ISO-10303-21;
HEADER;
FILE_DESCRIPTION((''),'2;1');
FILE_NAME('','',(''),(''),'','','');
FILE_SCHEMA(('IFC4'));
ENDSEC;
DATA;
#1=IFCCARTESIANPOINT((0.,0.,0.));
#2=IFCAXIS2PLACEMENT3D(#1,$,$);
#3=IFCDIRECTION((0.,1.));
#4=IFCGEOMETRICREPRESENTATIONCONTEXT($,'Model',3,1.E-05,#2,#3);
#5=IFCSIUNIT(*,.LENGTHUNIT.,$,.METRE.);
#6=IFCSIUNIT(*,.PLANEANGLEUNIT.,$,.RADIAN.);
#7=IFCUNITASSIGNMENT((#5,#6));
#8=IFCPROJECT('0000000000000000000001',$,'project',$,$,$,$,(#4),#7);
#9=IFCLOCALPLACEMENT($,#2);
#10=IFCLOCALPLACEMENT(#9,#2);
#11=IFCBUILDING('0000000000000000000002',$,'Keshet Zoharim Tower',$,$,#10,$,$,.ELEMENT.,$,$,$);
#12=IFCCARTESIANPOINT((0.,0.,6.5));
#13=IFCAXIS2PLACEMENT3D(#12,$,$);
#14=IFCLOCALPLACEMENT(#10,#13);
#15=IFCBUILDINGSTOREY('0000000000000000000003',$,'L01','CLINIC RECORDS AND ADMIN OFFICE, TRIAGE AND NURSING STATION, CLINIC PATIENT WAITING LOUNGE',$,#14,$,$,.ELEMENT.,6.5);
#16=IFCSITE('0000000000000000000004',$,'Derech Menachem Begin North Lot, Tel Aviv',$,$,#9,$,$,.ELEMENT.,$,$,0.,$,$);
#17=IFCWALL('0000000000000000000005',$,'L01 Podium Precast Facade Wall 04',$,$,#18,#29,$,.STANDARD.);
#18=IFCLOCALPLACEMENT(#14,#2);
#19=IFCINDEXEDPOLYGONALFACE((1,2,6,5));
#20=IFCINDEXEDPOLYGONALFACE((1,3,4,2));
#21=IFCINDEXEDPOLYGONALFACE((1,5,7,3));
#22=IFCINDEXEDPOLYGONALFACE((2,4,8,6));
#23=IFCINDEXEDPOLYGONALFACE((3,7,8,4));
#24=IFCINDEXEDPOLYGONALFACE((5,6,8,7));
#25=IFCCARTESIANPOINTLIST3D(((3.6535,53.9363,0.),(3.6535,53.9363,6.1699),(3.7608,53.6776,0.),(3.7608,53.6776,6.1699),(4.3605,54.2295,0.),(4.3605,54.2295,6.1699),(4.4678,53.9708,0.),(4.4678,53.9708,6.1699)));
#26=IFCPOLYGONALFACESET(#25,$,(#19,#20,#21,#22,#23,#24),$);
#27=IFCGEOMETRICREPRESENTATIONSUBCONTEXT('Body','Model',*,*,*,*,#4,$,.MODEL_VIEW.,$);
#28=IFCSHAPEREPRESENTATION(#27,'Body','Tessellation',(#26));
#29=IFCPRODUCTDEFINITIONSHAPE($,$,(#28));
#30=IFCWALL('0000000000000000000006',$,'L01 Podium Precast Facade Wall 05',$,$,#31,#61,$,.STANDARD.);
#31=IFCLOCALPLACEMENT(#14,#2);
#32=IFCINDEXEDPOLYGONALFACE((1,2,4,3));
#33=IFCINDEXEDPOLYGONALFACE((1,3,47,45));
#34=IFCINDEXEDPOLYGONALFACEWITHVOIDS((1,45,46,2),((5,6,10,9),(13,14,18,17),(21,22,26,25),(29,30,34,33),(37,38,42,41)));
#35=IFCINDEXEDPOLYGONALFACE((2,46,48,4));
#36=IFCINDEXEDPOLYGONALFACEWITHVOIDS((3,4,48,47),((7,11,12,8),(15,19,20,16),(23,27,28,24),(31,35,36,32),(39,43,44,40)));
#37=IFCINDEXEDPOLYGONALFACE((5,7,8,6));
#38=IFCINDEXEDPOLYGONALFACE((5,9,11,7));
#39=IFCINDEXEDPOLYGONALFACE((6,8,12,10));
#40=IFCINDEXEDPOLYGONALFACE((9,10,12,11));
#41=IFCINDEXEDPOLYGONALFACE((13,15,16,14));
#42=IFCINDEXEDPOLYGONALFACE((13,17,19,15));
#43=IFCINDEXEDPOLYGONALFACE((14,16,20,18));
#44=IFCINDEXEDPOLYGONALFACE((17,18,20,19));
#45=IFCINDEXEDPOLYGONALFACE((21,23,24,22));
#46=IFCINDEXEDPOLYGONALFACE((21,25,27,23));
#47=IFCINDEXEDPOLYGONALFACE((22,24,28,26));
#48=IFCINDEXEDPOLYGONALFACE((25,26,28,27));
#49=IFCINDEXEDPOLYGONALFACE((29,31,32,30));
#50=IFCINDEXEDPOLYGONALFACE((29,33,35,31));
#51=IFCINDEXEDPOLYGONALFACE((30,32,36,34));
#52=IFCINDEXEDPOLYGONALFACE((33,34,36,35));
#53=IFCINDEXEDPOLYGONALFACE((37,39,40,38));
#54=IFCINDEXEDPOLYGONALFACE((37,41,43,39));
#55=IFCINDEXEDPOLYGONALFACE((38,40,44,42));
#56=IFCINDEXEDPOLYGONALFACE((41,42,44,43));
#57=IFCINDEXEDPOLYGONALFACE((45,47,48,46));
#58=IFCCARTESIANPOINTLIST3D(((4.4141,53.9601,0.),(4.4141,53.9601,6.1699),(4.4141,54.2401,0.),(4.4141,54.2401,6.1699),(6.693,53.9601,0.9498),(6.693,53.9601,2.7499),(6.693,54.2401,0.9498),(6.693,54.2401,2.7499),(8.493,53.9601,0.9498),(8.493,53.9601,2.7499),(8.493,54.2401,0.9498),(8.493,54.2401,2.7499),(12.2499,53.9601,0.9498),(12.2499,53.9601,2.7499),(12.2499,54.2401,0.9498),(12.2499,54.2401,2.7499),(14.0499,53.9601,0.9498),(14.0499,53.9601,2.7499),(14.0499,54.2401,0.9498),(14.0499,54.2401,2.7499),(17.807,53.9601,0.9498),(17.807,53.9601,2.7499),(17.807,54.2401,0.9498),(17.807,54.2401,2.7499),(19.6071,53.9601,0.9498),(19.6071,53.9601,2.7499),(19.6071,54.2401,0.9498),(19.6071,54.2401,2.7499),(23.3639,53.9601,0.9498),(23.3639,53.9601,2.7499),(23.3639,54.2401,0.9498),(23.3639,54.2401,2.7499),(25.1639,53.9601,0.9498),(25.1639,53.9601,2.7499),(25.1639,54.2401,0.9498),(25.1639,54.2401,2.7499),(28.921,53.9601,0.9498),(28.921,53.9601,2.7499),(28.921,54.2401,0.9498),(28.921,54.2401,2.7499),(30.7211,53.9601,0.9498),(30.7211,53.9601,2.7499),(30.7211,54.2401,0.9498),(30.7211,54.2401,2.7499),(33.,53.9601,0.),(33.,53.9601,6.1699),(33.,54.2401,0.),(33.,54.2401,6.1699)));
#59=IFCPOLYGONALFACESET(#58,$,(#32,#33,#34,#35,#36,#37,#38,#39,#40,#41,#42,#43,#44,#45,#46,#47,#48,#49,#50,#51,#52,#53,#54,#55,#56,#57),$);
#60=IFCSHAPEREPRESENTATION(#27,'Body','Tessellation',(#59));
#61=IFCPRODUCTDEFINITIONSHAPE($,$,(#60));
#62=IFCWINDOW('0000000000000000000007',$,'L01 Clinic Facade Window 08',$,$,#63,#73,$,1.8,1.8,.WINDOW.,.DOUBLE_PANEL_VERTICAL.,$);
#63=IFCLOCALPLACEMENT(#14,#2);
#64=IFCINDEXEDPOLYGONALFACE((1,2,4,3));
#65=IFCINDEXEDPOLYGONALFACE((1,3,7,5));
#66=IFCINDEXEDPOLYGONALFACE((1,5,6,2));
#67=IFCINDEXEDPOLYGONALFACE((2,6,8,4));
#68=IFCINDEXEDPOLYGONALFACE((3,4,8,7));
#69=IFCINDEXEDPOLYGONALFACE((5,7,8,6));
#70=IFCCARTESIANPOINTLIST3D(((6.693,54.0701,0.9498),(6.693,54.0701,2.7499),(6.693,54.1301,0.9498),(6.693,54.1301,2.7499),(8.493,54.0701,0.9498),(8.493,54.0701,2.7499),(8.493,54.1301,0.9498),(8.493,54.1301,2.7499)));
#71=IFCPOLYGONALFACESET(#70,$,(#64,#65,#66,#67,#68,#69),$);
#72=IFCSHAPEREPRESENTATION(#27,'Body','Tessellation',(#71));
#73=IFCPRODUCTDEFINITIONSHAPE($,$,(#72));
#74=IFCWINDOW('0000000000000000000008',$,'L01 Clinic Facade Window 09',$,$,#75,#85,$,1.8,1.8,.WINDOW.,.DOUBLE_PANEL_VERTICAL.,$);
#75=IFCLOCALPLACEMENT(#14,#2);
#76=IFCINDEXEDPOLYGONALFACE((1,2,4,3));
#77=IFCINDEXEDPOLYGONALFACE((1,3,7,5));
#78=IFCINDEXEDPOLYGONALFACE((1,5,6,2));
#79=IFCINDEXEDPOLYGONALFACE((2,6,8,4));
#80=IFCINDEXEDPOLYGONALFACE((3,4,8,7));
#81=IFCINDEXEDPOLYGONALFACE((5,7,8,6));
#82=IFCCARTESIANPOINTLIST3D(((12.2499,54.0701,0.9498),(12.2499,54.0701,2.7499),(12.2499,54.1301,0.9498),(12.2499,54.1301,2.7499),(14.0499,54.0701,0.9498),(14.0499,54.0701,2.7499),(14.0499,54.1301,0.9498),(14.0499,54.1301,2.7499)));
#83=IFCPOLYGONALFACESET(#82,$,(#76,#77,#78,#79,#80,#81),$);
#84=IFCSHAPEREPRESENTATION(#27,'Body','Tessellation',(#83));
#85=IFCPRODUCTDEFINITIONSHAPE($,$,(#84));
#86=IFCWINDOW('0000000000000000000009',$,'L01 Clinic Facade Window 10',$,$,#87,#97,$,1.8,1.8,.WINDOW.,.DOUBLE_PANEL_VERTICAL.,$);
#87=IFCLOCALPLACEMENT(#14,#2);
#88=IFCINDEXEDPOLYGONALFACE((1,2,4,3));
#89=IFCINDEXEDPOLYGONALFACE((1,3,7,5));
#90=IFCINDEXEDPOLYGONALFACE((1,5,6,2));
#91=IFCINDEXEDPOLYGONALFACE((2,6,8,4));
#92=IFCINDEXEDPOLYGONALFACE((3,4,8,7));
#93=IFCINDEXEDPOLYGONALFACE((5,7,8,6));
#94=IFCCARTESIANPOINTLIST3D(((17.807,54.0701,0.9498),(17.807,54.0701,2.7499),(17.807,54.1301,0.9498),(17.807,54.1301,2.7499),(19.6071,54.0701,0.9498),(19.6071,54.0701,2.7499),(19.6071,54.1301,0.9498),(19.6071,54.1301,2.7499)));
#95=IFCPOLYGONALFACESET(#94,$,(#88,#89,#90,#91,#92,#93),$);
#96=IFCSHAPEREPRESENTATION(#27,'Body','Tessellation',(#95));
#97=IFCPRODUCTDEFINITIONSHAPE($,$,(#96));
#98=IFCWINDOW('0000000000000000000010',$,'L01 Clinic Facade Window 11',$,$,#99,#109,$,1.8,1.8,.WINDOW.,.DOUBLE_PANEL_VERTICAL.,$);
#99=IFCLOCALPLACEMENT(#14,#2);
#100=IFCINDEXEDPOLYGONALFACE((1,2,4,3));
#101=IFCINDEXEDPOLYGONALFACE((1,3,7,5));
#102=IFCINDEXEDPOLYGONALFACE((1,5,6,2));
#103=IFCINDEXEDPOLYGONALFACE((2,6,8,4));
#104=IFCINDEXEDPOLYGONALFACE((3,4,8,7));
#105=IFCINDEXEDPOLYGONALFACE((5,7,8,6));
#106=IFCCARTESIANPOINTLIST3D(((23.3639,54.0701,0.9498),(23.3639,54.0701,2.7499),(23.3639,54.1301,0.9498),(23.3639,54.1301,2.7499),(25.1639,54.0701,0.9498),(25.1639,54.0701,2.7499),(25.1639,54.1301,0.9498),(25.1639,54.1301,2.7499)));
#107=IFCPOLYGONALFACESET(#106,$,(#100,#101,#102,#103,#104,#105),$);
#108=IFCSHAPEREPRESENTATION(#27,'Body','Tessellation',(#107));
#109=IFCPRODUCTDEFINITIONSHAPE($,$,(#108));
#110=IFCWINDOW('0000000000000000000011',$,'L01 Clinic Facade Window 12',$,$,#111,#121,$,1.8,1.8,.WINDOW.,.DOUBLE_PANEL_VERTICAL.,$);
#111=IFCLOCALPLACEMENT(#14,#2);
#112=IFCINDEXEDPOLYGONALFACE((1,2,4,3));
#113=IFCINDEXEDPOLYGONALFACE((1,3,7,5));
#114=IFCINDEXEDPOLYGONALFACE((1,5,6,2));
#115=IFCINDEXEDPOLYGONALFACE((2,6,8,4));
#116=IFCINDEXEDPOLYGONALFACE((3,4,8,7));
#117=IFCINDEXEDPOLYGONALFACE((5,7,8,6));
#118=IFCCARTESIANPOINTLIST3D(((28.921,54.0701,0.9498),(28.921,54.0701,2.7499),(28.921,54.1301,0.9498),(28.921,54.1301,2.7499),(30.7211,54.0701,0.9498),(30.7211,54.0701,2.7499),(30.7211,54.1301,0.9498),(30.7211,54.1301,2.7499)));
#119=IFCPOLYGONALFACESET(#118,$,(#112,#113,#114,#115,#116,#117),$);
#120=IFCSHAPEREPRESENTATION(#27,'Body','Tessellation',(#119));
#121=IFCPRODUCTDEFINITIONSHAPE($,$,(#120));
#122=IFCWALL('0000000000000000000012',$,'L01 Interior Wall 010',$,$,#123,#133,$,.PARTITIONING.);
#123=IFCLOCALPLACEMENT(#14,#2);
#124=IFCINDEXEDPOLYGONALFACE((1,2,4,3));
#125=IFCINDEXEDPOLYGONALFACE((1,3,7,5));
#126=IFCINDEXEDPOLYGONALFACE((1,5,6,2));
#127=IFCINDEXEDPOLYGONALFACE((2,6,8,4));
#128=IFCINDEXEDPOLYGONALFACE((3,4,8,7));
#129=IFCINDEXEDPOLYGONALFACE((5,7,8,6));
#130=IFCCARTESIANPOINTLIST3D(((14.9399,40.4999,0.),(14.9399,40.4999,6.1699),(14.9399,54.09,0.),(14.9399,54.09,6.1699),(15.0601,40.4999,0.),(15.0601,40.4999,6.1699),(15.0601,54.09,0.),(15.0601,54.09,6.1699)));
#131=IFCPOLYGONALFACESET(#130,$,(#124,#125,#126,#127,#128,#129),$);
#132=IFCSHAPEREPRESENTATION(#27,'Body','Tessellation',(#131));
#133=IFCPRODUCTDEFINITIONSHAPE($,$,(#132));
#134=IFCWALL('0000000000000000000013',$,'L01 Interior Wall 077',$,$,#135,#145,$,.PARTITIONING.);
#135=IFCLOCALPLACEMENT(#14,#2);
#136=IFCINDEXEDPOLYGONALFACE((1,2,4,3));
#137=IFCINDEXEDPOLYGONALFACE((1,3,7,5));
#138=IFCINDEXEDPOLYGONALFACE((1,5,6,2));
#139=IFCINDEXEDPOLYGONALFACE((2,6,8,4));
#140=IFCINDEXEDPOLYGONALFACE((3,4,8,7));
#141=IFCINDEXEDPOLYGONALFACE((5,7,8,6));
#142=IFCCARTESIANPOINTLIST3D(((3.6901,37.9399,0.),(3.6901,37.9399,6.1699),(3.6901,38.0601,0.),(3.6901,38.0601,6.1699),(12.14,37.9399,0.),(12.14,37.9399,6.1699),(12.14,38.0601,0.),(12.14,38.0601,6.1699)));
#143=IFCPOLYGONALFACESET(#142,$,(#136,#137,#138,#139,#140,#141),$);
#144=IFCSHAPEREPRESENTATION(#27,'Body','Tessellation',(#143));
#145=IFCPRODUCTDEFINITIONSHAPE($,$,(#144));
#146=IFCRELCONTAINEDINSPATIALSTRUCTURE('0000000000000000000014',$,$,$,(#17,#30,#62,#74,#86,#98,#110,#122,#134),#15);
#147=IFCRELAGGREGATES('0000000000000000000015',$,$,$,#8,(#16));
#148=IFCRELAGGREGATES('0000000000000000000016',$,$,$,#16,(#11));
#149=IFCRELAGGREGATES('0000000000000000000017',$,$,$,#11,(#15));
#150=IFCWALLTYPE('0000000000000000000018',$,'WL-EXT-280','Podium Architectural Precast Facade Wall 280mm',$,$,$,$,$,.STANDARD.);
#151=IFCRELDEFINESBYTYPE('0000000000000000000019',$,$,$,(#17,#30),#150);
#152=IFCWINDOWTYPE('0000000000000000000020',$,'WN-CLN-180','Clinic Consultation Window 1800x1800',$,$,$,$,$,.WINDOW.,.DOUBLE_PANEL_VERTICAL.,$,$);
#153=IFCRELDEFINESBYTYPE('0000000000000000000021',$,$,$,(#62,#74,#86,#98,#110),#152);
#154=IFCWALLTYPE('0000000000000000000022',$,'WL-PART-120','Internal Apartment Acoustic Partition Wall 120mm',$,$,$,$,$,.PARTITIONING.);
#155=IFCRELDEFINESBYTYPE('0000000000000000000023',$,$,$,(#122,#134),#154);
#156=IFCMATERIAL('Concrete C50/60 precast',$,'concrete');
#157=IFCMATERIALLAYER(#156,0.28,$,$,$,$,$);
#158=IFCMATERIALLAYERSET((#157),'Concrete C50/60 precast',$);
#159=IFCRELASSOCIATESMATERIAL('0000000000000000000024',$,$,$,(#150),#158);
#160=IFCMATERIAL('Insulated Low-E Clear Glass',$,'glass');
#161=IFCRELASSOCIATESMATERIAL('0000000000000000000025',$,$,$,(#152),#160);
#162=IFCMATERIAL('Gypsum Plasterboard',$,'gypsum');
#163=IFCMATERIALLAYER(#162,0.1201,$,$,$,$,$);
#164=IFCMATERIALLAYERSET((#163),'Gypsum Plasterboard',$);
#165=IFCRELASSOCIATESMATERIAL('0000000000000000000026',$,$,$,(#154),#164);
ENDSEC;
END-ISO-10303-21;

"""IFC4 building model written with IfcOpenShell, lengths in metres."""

from ifc_helpers import new_model, si_unit, direction, frame, frame_2d, origin, place, context, subcontext, project, spatial, rectangle, extrude, material, layer, layer_set, type_object, element, fill, save


model = new_model("IFC4")

# Units and contexts
model_context = context("Model", 3, precision=1e-05, world=origin(), true_north=direction((0.0, 1.0)))
body_context = subcontext(model_context, "Body", "Model", "MODEL_VIEW")
ifc_project = project(units=[si_unit("LENGTHUNIT", "METRE"), si_unit("PLANEANGLEUNIT", "RADIAN")], contexts=[model_context])

# Site, building, storey
site_placement = place(None, origin())
site = spatial("IfcSite", under=ifc_project, at=site_placement, Name="Derech Menachem Begin North Lot, Tel Aviv", CompositionType="ELEMENT", RefElevation=0.0)
building_placement = place(site_placement, origin())
building = spatial("IfcBuilding", under=site, at=building_placement, Name="Keshet Zoharim Tower", CompositionType="ELEMENT")
storey_placement = place(building_placement, frame((0.0, 0.0, 6.5)))
storey = spatial("IfcBuildingStorey", under=building, at=storey_placement, Name="L01", Description="CLINIC RECORDS AND ADMIN OFFICE, TRIAGE AND NURSING STATION, CLINIC PATIENT WAITING LOUNGE", CompositionType="ELEMENT", Elevation=6.5)

# Shared definitions
ifc_material_1 = material(Name="Gypsum Plasterboard", Category="gypsum")

# Wall
ifc_material_2 = material(Name="Concrete C50/60 precast", Category="concrete")
ifc_layer_1 = layer(ifc_material_2, 0.28)
ifc_layer_set_1 = layer_set([ifc_layer_1], Name="Concrete C50/60 precast")
wall_type_1 = type_object("IfcWallType", Name="WL-EXT-280", Description="Podium Architectural Precast Facade Wall 280mm", PredefinedType="STANDARD", material=ifc_layer_set_1)
wall_1_placement = place(storey_placement, frame((3.707, 53.8069, 0.0), z_axis=(0.0, 0.0, 1.0), x_axis=(0.923717, 0.383075, 0.0)))
element("IfcWall", 1, at=wall_1_placement, inside=storey, type_object=wall_type_1, Name="L01 Podium Precast Facade Wall 04", PredefinedType="STANDARD", context=body_context, shape_type="SweptSolid", body=[
    extrude(rectangle(XDim=0.7654, YDim=0.28, at=frame_2d((0.3828, 0.0))), origin(), (0.0, 0.0, 1.0), 6.1699),
])

# Wall, openings, windows
wall_2_placement = place(storey_placement, frame((4.4141, 54.1001, 0.0), z_axis=(0.0, 0.0, 1.0), x_axis=(1.0, 0.0, 0.0)))
wall_2 = element("IfcWall", 2, at=wall_2_placement, inside=storey, type_object=wall_type_1, Name="L01 Podium Precast Facade Wall 05", PredefinedType="STANDARD", context=body_context, shape_type="SweptSolid", body=[
    extrude(rectangle(XDim=28.5859, YDim=0.28, at=frame_2d((14.293, 0.0))), origin(), (0.0, 0.0, 1.0), 6.1699),
])
opening_1_placement = place(wall_2_placement, frame((2.2791, 0.0, 0.95)))
opening_1 = element("IfcOpeningElement", 3, at=opening_1_placement, cuts=wall_2, PredefinedType="OPENING", context=body_context, shape_type="SweptSolid", body=[
    extrude(rectangle(XDim=1.8, YDim=1.8, at=frame_2d((0.8999, 0.8999))), frame((0.0, 0.1499, 0.0), z_axis=(0.0, -1.0, 0.0), x_axis=(1.0, 0.0, 0.0)), (0.0, 0.0, 1.0), 0.3),
])
opening_2_placement = place(wall_2_placement, frame((7.8359, 0.0, 0.95)))
opening_2 = element("IfcOpeningElement", 4, at=opening_2_placement, cuts=wall_2, PredefinedType="OPENING", context=body_context, shape_type="SweptSolid", body=[
    extrude(rectangle(XDim=1.8, YDim=1.8, at=frame_2d((0.8999, 0.8999))), frame((0.0, 0.1499, 0.0), z_axis=(0.0, -1.0, 0.0), x_axis=(1.0, 0.0, 0.0)), (0.0, 0.0, 1.0), 0.3),
])
opening_3_placement = place(wall_2_placement, frame((13.3931, 0.0, 0.95)))
opening_3 = element("IfcOpeningElement", 5, at=opening_3_placement, cuts=wall_2, PredefinedType="OPENING", context=body_context, shape_type="SweptSolid", body=[
    extrude(rectangle(XDim=1.8, YDim=1.8, at=frame_2d((0.8999, 0.8999))), frame((0.0, 0.1499, 0.0), z_axis=(0.0, -1.0, 0.0), x_axis=(1.0, 0.0, 0.0)), (0.0, 0.0, 1.0), 0.3),
])
opening_4_placement = place(wall_2_placement, frame((18.95, 0.0, 0.95)))
opening_4 = element("IfcOpeningElement", 6, at=opening_4_placement, cuts=wall_2, PredefinedType="OPENING", context=body_context, shape_type="SweptSolid", body=[
    extrude(rectangle(XDim=1.8, YDim=1.8, at=frame_2d((0.8999, 0.8999))), frame((0.0, 0.1499, 0.0), z_axis=(0.0, -1.0, 0.0), x_axis=(1.0, 0.0, 0.0)), (0.0, 0.0, 1.0), 0.3),
])
opening_5_placement = place(wall_2_placement, frame((24.5071, 0.0, 0.95)))
opening_5 = element("IfcOpeningElement", 7, at=opening_5_placement, cuts=wall_2, PredefinedType="OPENING", context=body_context, shape_type="SweptSolid", body=[
    extrude(rectangle(XDim=1.8, YDim=1.8, at=frame_2d((0.8999, 0.8999))), frame((0.0, 0.1499, 0.0), z_axis=(0.0, -1.0, 0.0), x_axis=(1.0, 0.0, 0.0)), (0.0, 0.0, 1.0), 0.3),
])
ifc_material_3 = material(Name="Insulated Low-E Clear Glass", Category="glass")
window_type = type_object("IfcWindowType", Name="WN-CLN-180", Description="Clinic Consultation Window 1800x1800", PartitioningType="DOUBLE_PANEL_VERTICAL", PredefinedType="WINDOW", material=ifc_material_3)
window_1_placement = place(opening_1_placement, origin())
window_1 = element("IfcWindow", 8, at=window_1_placement, inside=storey, type_object=window_type, Name="L01 Clinic Facade Window 08", OverallHeight=1.8, OverallWidth=1.8, PartitioningType="DOUBLE_PANEL_VERTICAL", PredefinedType="WINDOW", context=body_context, shape_type="SweptSolid", body=[
    extrude(rectangle(XDim=1.8, YDim=1.8, at=frame_2d((0.8999, 0.8999))), frame((0.0, 0.03, 0.0), z_axis=(0.0, -1.0, 0.0), x_axis=(1.0, 0.0, 0.0)), (0.0, 0.0, 1.0), 0.0601),
])
fill(opening_1, window_1)
window_2_placement = place(opening_2_placement, origin())
window_2 = element("IfcWindow", 9, at=window_2_placement, inside=storey, type_object=window_type, Name="L01 Clinic Facade Window 09", OverallHeight=1.8, OverallWidth=1.8, PartitioningType="DOUBLE_PANEL_VERTICAL", PredefinedType="WINDOW", context=body_context, shape_type="SweptSolid", body=[
    extrude(rectangle(XDim=1.8, YDim=1.8, at=frame_2d((0.8999, 0.8999))), frame((0.0, 0.03, 0.0), z_axis=(0.0, -1.0, 0.0), x_axis=(1.0, 0.0, 0.0)), (0.0, 0.0, 1.0), 0.0601),
])
fill(opening_2, window_2)
window_3_placement = place(opening_3_placement, origin())
window_3 = element("IfcWindow", 10, at=window_3_placement, inside=storey, type_object=window_type, Name="L01 Clinic Facade Window 10", OverallHeight=1.8, OverallWidth=1.8, PartitioningType="DOUBLE_PANEL_VERTICAL", PredefinedType="WINDOW", context=body_context, shape_type="SweptSolid", body=[
    extrude(rectangle(XDim=1.8, YDim=1.8, at=frame_2d((0.8999, 0.8999))), frame((0.0, 0.03, 0.0), z_axis=(0.0, -1.0, 0.0), x_axis=(1.0, 0.0, 0.0)), (0.0, 0.0, 1.0), 0.0601),
])
fill(opening_3, window_3)
window_4_placement = place(opening_4_placement, origin())
window_4 = element("IfcWindow", 11, at=window_4_placement, inside=storey, type_object=window_type, Name="L01 Clinic Facade Window 11", OverallHeight=1.8, OverallWidth=1.8, PartitioningType="DOUBLE_PANEL_VERTICAL", PredefinedType="WINDOW", context=body_context, shape_type="SweptSolid", body=[
    extrude(rectangle(XDim=1.8, YDim=1.8, at=frame_2d((0.8999, 0.8999))), frame((0.0, 0.03, 0.0), z_axis=(0.0, -1.0, 0.0), x_axis=(1.0, 0.0, 0.0)), (0.0, 0.0, 1.0), 0.0601),
])
fill(opening_4, window_4)
window_5_placement = place(opening_5_placement, origin())
window_5 = element("IfcWindow", 12, at=window_5_placement, inside=storey, type_object=window_type, Name="L01 Clinic Facade Window 12", OverallHeight=1.8, OverallWidth=1.8, PartitioningType="DOUBLE_PANEL_VERTICAL", PredefinedType="WINDOW", context=body_context, shape_type="SweptSolid", body=[
    extrude(rectangle(XDim=1.8, YDim=1.8, at=frame_2d((0.8999, 0.8999))), frame((0.0, 0.03, 0.0), z_axis=(0.0, -1.0, 0.0), x_axis=(1.0, 0.0, 0.0)), (0.0, 0.0, 1.0), 0.0601),
])
fill(opening_5, window_5)

# Walls
ifc_layer_2 = layer(ifc_material_1, 0.1201)
ifc_layer_set_2 = layer_set([ifc_layer_2], Name="Gypsum Plasterboard")
wall_type_2 = type_object("IfcWallType", Name="WL-PART-120", Description="Internal Apartment Acoustic Partition Wall 120mm", PredefinedType="PARTITIONING", material=ifc_layer_set_2)
wall_3_placement = place(storey_placement, frame((15.0, 40.5, 0.0), z_axis=(0.0, 0.0, 1.0), x_axis=(0.0, 1.0, 0.0)))
element("IfcWall", 13, at=wall_3_placement, inside=storey, type_object=wall_type_2, Name="L01 Interior Wall 010", PredefinedType="PARTITIONING", context=body_context, shape_type="SweptSolid", body=[
    extrude(rectangle(XDim=13.5901, YDim=0.1201, at=frame_2d((6.7949, 0.0))), origin(), (0.0, 0.0, 1.0), 6.1699),
])
wall_4_placement = place(storey_placement, frame((3.6899, 38.0, 0.0), z_axis=(0.0, 0.0, 1.0), x_axis=(1.0, 0.0, 0.0)))
element("IfcWall", 14, at=wall_4_placement, inside=storey, type_object=wall_type_2, Name="L01 Interior Wall 077", PredefinedType="PARTITIONING", context=body_context, shape_type="SweptSolid", body=[
    extrude(rectangle(XDim=8.45, YDim=0.1201, at=frame_2d((4.2251, 0.0))), origin(), (0.0, 0.0, 1.0), 6.1699),
])

save(model, "model.ifc")
